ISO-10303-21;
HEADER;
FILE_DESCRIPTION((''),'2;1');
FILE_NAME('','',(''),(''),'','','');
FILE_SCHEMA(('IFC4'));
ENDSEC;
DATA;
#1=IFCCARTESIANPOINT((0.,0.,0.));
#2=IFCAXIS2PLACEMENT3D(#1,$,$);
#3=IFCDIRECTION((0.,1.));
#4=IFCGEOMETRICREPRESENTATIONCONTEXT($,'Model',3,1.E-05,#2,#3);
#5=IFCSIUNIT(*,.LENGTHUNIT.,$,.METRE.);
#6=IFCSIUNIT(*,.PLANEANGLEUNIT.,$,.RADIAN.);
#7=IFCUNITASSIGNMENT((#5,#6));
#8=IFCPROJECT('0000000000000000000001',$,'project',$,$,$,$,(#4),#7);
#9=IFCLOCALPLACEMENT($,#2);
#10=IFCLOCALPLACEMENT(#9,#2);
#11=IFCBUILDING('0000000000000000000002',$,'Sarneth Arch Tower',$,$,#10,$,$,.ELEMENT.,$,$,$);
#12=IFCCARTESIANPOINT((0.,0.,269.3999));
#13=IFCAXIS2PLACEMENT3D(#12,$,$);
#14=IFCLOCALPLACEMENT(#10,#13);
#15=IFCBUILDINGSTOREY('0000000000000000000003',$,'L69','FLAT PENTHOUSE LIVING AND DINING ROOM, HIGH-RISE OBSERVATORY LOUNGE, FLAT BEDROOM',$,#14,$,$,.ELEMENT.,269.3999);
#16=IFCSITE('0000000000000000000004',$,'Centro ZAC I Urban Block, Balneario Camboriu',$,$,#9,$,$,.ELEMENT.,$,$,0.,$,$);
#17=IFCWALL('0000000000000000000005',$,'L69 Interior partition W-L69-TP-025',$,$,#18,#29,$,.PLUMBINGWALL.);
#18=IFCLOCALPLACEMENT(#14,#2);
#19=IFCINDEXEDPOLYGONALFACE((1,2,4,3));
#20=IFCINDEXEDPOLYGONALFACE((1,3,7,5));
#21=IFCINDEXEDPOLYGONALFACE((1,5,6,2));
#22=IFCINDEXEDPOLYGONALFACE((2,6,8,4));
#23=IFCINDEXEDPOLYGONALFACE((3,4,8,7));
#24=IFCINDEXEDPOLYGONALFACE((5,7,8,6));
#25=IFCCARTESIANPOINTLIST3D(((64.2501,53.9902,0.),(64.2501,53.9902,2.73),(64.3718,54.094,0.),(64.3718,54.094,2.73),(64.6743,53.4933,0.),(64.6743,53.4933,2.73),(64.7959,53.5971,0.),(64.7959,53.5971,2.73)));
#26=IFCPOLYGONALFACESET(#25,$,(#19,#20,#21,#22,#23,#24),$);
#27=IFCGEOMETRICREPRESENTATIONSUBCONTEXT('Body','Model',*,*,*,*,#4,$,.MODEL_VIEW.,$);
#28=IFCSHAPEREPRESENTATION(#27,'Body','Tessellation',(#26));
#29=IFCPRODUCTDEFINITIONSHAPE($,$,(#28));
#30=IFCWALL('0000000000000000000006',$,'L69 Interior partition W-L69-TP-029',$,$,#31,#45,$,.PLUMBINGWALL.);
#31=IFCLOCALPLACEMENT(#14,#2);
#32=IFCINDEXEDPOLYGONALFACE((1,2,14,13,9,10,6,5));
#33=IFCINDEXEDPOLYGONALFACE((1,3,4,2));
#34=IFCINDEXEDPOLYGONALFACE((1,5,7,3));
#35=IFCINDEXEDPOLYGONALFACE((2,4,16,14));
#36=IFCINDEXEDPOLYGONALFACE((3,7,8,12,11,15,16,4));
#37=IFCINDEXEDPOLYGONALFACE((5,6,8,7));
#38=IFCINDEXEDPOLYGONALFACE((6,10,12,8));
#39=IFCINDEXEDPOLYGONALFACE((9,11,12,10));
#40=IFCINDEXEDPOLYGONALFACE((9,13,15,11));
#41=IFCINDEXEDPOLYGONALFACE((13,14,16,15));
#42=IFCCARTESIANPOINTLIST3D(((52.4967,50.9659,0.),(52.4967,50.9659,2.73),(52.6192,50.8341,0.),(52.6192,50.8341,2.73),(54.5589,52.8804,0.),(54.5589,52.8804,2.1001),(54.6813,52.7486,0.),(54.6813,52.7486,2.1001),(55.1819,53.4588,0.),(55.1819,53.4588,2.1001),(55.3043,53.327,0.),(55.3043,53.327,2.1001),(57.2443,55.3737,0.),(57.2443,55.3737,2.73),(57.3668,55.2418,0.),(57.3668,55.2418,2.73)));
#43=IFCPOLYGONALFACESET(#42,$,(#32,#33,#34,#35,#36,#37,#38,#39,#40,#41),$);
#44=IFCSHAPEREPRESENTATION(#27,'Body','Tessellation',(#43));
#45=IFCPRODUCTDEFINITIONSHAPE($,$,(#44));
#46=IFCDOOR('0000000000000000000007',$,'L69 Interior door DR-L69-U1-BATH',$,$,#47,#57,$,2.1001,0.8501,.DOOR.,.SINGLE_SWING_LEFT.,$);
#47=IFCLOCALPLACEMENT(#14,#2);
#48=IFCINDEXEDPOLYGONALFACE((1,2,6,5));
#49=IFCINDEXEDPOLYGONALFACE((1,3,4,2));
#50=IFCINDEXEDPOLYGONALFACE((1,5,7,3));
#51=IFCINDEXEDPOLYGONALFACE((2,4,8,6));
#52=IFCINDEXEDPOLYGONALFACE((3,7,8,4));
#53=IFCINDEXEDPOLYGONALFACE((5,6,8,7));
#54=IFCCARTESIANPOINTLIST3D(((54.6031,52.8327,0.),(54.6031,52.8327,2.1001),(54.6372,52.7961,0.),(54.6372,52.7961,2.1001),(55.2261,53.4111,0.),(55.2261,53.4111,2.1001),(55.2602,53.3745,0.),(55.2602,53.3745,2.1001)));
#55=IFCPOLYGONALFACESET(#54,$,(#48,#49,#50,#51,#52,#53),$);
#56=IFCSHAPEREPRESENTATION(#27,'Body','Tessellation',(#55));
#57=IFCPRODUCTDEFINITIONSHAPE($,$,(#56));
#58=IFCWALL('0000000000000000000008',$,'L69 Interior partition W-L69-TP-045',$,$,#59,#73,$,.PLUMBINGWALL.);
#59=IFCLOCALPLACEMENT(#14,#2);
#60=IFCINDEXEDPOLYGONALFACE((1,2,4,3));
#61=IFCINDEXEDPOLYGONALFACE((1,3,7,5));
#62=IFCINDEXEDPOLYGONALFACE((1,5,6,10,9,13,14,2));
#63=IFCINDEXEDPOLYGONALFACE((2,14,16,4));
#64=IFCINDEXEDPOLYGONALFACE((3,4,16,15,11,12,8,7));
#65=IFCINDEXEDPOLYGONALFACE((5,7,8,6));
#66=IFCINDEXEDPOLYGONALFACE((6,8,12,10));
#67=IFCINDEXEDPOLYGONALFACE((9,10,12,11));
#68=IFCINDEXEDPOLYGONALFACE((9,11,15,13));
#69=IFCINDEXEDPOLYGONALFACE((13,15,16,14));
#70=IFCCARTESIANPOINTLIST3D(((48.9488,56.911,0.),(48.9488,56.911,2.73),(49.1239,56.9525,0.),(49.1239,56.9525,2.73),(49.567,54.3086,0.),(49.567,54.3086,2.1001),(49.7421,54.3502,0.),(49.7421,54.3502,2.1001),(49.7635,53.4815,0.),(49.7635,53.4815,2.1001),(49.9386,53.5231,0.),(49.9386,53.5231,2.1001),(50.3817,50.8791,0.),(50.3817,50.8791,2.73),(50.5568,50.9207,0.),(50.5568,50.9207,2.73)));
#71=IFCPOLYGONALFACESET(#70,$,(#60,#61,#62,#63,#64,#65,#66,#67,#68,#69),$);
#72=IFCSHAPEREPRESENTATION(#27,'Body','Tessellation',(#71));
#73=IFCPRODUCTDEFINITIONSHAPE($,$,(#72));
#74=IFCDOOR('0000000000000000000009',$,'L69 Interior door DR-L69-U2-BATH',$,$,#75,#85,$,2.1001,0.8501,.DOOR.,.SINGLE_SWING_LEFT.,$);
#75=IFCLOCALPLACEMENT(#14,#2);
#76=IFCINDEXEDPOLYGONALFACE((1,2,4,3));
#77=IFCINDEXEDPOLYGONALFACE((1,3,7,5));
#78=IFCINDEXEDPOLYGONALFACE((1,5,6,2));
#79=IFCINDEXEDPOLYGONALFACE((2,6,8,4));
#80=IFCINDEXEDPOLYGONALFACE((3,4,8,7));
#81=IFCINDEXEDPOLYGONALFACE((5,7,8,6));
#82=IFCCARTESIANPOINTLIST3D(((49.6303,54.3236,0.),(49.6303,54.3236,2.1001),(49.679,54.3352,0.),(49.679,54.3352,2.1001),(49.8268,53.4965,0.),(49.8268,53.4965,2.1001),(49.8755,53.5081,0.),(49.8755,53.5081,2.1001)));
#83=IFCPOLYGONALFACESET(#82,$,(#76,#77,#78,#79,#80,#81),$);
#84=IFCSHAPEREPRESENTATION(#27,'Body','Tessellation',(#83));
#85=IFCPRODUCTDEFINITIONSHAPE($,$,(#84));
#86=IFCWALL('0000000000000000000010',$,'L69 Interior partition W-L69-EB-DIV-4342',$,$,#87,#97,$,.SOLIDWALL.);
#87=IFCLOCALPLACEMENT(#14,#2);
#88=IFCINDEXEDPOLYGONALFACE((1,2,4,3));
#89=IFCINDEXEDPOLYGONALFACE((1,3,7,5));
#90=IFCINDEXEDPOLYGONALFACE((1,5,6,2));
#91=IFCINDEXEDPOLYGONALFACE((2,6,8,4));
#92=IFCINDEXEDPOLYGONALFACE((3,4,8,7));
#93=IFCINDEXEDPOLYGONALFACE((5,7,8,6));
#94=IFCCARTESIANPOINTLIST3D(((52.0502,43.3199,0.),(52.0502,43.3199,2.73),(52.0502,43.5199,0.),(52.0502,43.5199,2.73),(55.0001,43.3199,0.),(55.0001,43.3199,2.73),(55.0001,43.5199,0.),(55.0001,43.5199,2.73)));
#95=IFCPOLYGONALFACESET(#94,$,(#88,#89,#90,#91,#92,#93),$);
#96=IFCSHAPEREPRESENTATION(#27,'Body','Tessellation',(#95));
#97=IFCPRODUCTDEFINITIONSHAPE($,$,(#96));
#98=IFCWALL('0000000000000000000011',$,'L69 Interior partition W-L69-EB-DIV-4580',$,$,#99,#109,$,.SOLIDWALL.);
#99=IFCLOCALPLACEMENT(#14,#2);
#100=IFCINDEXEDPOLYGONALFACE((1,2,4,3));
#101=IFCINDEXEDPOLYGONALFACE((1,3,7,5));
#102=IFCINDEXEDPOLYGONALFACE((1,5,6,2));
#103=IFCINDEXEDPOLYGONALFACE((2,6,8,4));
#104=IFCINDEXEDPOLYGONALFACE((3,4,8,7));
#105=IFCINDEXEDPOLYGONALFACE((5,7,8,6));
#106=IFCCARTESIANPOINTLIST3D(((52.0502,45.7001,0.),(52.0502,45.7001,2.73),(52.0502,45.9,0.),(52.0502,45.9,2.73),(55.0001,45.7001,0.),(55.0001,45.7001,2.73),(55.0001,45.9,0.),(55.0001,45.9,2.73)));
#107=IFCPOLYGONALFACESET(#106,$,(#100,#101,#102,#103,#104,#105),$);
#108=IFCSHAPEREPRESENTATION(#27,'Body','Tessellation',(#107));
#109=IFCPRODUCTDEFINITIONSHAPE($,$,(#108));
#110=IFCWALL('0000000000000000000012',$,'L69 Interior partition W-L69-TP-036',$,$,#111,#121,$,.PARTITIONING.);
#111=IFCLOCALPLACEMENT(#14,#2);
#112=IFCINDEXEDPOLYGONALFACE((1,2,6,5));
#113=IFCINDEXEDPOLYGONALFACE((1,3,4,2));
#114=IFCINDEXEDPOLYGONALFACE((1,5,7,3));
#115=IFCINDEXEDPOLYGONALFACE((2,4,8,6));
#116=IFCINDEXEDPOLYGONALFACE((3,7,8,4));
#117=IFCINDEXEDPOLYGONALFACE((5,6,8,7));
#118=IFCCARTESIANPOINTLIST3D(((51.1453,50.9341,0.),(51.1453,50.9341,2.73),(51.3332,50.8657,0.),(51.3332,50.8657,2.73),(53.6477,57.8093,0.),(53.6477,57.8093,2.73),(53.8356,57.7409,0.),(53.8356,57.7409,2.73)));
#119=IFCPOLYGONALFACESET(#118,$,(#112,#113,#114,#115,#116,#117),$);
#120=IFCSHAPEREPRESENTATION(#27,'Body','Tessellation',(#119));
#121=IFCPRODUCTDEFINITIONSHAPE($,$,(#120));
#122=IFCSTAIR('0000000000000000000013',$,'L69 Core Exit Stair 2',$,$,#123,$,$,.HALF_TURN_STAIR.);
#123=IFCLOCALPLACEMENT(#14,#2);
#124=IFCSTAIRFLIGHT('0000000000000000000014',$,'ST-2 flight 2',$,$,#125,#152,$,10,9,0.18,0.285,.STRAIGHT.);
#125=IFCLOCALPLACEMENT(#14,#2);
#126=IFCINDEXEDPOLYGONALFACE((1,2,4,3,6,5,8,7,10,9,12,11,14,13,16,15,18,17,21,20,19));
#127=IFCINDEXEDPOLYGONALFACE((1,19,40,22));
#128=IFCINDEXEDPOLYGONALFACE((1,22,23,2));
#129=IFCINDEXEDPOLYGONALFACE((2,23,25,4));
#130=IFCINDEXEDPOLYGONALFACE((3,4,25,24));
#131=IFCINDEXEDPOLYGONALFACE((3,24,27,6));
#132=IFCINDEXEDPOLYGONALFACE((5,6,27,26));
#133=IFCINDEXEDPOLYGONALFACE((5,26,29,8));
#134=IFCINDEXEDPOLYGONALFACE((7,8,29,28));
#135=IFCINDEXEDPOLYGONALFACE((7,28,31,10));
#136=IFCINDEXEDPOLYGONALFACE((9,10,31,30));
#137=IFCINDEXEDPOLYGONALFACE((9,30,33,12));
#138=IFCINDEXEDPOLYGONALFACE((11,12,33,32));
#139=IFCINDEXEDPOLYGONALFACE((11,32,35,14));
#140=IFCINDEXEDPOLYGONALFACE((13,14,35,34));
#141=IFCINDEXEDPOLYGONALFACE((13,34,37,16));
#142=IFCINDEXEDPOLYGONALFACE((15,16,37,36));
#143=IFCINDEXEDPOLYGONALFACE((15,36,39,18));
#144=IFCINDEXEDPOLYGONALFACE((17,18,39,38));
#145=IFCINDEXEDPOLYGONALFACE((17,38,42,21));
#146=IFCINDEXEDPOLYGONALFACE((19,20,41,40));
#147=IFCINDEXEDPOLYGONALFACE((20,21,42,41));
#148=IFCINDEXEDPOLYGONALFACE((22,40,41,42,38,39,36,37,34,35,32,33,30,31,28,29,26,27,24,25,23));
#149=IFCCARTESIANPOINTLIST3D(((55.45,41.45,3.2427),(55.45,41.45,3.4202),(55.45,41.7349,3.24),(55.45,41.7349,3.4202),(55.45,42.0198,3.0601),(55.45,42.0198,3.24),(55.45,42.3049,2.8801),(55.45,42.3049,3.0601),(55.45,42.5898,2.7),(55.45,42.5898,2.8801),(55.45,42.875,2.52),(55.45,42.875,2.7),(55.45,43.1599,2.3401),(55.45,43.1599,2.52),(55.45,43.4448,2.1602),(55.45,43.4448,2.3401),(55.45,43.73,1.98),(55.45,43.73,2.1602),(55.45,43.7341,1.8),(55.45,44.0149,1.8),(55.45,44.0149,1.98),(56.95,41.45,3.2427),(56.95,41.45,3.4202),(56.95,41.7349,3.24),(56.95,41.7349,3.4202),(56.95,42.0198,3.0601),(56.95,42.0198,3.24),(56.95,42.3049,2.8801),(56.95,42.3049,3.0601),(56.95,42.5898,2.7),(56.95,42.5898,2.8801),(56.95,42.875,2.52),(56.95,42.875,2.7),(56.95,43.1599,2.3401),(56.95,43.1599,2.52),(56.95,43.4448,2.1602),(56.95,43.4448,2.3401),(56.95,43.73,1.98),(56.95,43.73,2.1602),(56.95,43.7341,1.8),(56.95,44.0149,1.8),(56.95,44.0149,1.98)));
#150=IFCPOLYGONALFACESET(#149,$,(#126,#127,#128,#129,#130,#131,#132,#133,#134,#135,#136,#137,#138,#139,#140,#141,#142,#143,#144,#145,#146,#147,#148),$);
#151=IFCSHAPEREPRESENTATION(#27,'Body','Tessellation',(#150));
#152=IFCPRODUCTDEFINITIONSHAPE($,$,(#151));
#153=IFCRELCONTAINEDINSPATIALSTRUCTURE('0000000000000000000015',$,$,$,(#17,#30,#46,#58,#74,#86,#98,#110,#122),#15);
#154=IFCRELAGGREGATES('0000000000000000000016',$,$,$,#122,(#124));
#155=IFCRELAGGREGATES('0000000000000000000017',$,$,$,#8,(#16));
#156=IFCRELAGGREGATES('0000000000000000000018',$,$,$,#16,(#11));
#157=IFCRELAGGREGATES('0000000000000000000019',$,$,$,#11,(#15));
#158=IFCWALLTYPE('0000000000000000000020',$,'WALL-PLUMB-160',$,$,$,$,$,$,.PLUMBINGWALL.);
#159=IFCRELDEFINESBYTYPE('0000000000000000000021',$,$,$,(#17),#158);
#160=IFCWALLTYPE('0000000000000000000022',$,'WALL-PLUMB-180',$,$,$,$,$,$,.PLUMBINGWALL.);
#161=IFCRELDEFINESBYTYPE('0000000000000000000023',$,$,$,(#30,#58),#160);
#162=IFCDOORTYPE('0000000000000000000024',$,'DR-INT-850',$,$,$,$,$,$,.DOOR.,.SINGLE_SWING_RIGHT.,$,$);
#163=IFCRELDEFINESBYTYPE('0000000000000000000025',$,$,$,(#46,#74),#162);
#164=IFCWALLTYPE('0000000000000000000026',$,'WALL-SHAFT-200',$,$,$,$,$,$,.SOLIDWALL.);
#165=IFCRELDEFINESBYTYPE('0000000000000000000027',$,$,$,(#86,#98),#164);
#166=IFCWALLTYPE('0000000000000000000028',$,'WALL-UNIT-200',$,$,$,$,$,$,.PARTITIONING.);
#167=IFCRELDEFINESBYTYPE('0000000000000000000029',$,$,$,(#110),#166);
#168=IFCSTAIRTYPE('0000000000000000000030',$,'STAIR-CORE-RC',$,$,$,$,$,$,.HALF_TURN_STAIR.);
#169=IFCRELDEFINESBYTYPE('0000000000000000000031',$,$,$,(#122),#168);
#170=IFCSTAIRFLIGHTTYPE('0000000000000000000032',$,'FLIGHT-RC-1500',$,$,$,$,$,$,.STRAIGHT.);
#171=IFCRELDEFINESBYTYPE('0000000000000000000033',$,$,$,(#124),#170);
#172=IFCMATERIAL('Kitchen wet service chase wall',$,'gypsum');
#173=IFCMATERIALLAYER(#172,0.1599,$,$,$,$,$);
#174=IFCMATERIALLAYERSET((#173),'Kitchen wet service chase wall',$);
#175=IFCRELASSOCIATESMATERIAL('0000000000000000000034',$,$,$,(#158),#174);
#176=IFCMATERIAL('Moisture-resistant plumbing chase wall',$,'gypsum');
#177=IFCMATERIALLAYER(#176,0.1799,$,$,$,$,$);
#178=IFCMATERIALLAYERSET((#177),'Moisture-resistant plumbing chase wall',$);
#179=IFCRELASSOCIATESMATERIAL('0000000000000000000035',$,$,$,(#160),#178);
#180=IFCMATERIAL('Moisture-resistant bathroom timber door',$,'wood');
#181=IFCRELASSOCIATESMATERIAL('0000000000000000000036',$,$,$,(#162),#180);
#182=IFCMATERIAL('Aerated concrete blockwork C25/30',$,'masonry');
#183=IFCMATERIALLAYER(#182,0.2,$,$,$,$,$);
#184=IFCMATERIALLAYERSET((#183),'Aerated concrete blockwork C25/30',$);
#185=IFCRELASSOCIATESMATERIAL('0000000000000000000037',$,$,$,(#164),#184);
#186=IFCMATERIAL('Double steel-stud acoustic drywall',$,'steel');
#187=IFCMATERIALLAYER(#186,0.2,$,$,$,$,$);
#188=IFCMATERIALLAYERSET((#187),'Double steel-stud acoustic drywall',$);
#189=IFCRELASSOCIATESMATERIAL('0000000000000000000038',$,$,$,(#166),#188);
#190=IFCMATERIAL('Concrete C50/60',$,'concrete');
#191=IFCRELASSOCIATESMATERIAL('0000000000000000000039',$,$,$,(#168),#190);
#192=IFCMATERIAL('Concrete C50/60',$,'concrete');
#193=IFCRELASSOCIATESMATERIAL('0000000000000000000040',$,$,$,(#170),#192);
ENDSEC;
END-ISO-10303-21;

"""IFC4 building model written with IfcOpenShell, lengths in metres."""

from ifc_helpers import new_model, si_unit, direction, frame, frame_2d, origin, place, context, subcontext, project, spatial, polyline, rectangle, outline, extrude, material, layer, layer_set, type_object, element, fill, aggregate, save


model = new_model("IFC4")

# Units and contexts
model_context = context("Model", 3, precision=1e-05, world=origin(), true_north=direction((0.0, 1.0)))
body_context = subcontext(model_context, "Body", "Model", "MODEL_VIEW")
ifc_project = project(units=[si_unit("LENGTHUNIT", "METRE"), si_unit("PLANEANGLEUNIT", "RADIAN")], contexts=[model_context])

# Site, building, storey
site_placement = place(None, origin())
site = spatial("IfcSite", under=ifc_project, at=site_placement, Name="Centro ZAC I Urban Block, Balneario Camboriu", CompositionType="ELEMENT", RefElevation=0.0)
building_placement = place(site_placement, origin())
building = spatial("IfcBuilding", under=site, at=building_placement, Name="Sarneth Arch Tower", CompositionType="ELEMENT")
storey_placement = place(building_placement, frame((0.0, 0.0, 269.3999)))
storey = spatial("IfcBuildingStorey", under=building, at=storey_placement, Name="L69", Description="FLAT PENTHOUSE LIVING AND DINING ROOM, HIGH-RISE OBSERVATORY LOUNGE, FLAT BEDROOM", CompositionType="ELEMENT", Elevation=269.3999)

# Wall
ifc_material_1 = material(Name="Kitchen wet service chase wall", Category="gypsum")
ifc_layer_1 = layer(ifc_material_1, 0.1599)
ifc_layer_set_1 = layer_set([ifc_layer_1], Name="Kitchen wet service chase wall")
wall_type_1 = type_object("IfcWallType", Name="WALL-PLUMB-160", PredefinedType="PLUMBINGWALL", material=ifc_layer_set_1)
wall_1_placement = place(storey_placement, frame((64.7351, 53.5452, 0.0), z_axis=(0.0, 0.0, 1.0), x_axis=(-0.64922, 0.760601, 0.0)))
element("IfcWall", 1, at=wall_1_placement, inside=storey, type_object=wall_type_1, Name="L69 Interior partition W-L69-TP-025", PredefinedType="PLUMBINGWALL", context=body_context, shape_type="SweptSolid", body=[
    extrude(rectangle(XDim=0.6533, YDim=0.1599, at=frame_2d((0.3267, 0.0))), origin(), (0.0, 0.0, 1.0), 2.73),
])

# Walls, openings, doors
ifc_material_2 = material(Name="Moisture-resistant plumbing chase wall", Category="gypsum")
ifc_layer_2 = layer(ifc_material_2, 0.1799)
ifc_layer_set_2 = layer_set([ifc_layer_2], Name="Moisture-resistant plumbing chase wall")
wall_type_2 = type_object("IfcWallType", Name="WALL-PLUMB-180", PredefinedType="PLUMBINGWALL", material=ifc_layer_set_2)
wall_2_placement = place(storey_placement, frame((52.5579, 50.8999, 0.0), z_axis=(0.0, 0.0, 1.0), x_axis=(0.73285, 0.68039, 0.0)))
wall_2 = element("IfcWall", 2, at=wall_2_placement, inside=storey, type_object=wall_type_2, Name="L69 Interior partition W-L69-TP-029", PredefinedType="PLUMBINGWALL", context=body_context, shape_type="SweptSolid", body=[
    extrude(rectangle(XDim=6.4783, YDim=0.1799, at=frame_2d((3.2393, 0.0))), origin(), (0.0, 0.0, 1.0), 2.73),
])
opening_1_placement = place(wall_2_placement, frame((2.814, 0.0, 0.0)))
opening_1 = element("IfcOpeningElement", 3, at=opening_1_placement, cuts=wall_2, PredefinedType="OPENING", context=body_context, shape_type="SweptSolid", body=[
    extrude(rectangle(XDim=0.8501, YDim=2.1001, at=frame_2d((0.425, 1.05))), frame((0.0, 0.0999, 0.0), z_axis=(0.0, -1.0, 0.0), x_axis=(1.0, 0.0, 0.0)), (0.0, 0.0, 1.0), 0.2),
])
ifc_material_3 = material(Name="Moisture-resistant bathroom timber door", Category="wood")
door_type_1 = type_object("IfcDoorType", Name="DR-INT-850", OperationType="SINGLE_SWING_RIGHT", PredefinedType="DOOR", material=ifc_material_3)
door_1_placement = place(opening_1_placement, origin())
door_1 = element("IfcDoor", 4, at=door_1_placement, inside=storey, type_object=door_type_1, Name="L69 Interior door DR-L69-U1-BATH", OperationType="SINGLE_SWING_LEFT", OverallHeight=2.1001, OverallWidth=0.8501, PredefinedType="DOOR", context=body_context, shape_type="SweptSolid", body=[
    extrude(rectangle(XDim=0.8501, YDim=2.1001, at=frame_2d((0.425, 1.05))), frame((0.0, 0.0249, 0.0), z_axis=(0.0, -1.0, 0.0), x_axis=(1.0, 0.0, 0.0)), (0.0, 0.0, 1.0), 0.05),
])
fill(opening_1, door_1)
wall_3_placement = place(storey_placement, frame((50.4692, 50.8999, 0.0), z_axis=(0.0, 0.0, 1.0), x_axis=(-0.231122, 0.972925, 0.0)))
wall_3 = element("IfcWall", 5, at=wall_3_placement, inside=storey, type_object=wall_type_2, Name="L69 Interior partition W-L69-TP-045", PredefinedType="PLUMBINGWALL", context=body_context, shape_type="SweptSolid", body=[
    extrude(rectangle(XDim=6.1997, YDim=0.1799, at=frame_2d((3.0999, 0.0))), origin(), (0.0, 0.0, 1.0), 2.73),
])
opening_2_placement = place(wall_3_placement, frame((2.6748, 0.0, 0.0)))
opening_2 = element("IfcOpeningElement", 6, at=opening_2_placement, cuts=wall_3, PredefinedType="OPENING", context=body_context, shape_type="SweptSolid", body=[
    extrude(rectangle(XDim=0.8501, YDim=2.1001, at=frame_2d((0.425, 1.05))), frame((0.0, 0.0999, 0.0), z_axis=(0.0, -1.0, 0.0), x_axis=(1.0, 0.0, 0.0)), (0.0, 0.0, 1.0), 0.2),
])
door_2_placement = place(opening_2_placement, origin())
door_2 = element("IfcDoor", 7, at=door_2_placement, inside=storey, type_object=door_type_1, Name="L69 Interior door DR-L69-U2-BATH", OperationType="SINGLE_SWING_LEFT", OverallHeight=2.1001, OverallWidth=0.8501, PredefinedType="DOOR", context=body_context, shape_type="SweptSolid", body=[
    extrude(rectangle(XDim=0.8501, YDim=2.1001, at=frame_2d((0.425, 1.05))), frame((0.0, 0.0249, 0.0), z_axis=(0.0, -1.0, 0.0), x_axis=(1.0, 0.0, 0.0)), (0.0, 0.0, 1.0), 0.05),
])
fill(opening_2, door_2)

# Walls
ifc_material_4 = material(Name="Aerated concrete blockwork C25/30", Category="masonry")
ifc_layer_3 = layer(ifc_material_4, 0.2)
ifc_layer_set_3 = layer_set([ifc_layer_3], Name="Aerated concrete blockwork C25/30")
wall_type_3 = type_object("IfcWallType", Name="WALL-SHAFT-200", PredefinedType="SOLIDWALL", material=ifc_layer_set_3)
for number, where, z_axis, x_axis, name in (
    (8, (52.05, 43.4199, 0.0), (0.0, 0.0, 1.0), (1.0, 0.0, 0.0), "L69 Interior partition W-L69-EB-DIV-4342"),
    (9, (52.05, 45.8, 0.0), (0.0, 0.0, 1.0), (1.0, 0.0, 0.0), "L69 Interior partition W-L69-EB-DIV-4580"),
):
    element("IfcWall", number, at=place(storey_placement, frame(where, z_axis=z_axis, x_axis=x_axis)), inside=storey, type_object=wall_type_3, Name=name, PredefinedType="SOLIDWALL", context=body_context, shape_type="SweptSolid", body=[
        extrude(rectangle(XDim=2.95, YDim=0.2, at=frame_2d((1.4751, 0.0))), origin(), (0.0, 0.0, 1.0), 2.73),
    ])
ifc_material_5 = material(Name="Double steel-stud acoustic drywall", Category="steel")
ifc_layer_4 = layer(ifc_material_5, 0.2)
ifc_layer_set_4 = layer_set([ifc_layer_4], Name="Double steel-stud acoustic drywall")
wall_type_4 = type_object("IfcWallType", Name="WALL-UNIT-200", PredefinedType="PARTITIONING", material=ifc_layer_set_4)
wall_4_placement = place(storey_placement, frame((51.2393, 50.8999, 0.0), z_axis=(0.0, 0.0, 1.0), x_axis=(0.342027, 0.93969, 0.0)))
element("IfcWall", 10, at=wall_4_placement, inside=storey, type_object=wall_type_4, Name="L69 Interior partition W-L69-TP-036", PredefinedType="PARTITIONING", context=body_context, shape_type="SweptSolid", body=[
    extrude(rectangle(XDim=7.3164, YDim=0.2, at=frame_2d((3.6582, 0.0))), origin(), (0.0, 0.0, 1.0), 2.73),
])

# Stair, stair flight
ifc_material_6 = material(Name="Concrete C50/60", Category="concrete")
stair_type = type_object("IfcStairType", Name="STAIR-CORE-RC", PredefinedType="HALF_TURN_STAIR", material=ifc_material_6)
stair_placement = place(storey_placement, origin())
stair = element("IfcStair", 11, at=stair_placement, inside=storey, type_object=stair_type, Name="L69 Core Exit Stair 2", PredefinedType="HALF_TURN_STAIR")
ifc_material_7 = material(Name="Concrete C50/60", Category="concrete")
stair_flight_type = type_object("IfcStairFlightType", Name="FLIGHT-RC-1500", PredefinedType="STRAIGHT", material=ifc_material_7)
stair_flight_placement = place(storey_placement, frame((56.2, 44.0149, 1.8), z_axis=(0.0, 0.0, 1.0), x_axis=(0.0, -1.0, 0.0)))
stair_flight = element("IfcStairFlight", 12, at=stair_flight_placement, type_object=stair_flight_type, Name="ST-2 flight 2", NumberOfRisers=10, NumberOfTreads=9, PredefinedType="STRAIGHT", RiserHeight=0.18, TreadLength=0.285, context=body_context, shape_type="SweptSolid", body=[
    extrude(outline(polyline([(0.0, 0.0), (0.0, 0.1799), (0.2849, 0.1799), (0.2849, 0.3601), (0.5701, 0.3601), (0.5701, 0.54), (0.855, 0.54), (0.855, 0.72), (1.1399, 0.72), (1.1399, 0.8999), (1.425, 0.8999), (1.425, 1.0801), (1.71, 1.0801), (1.71, 1.26), (1.9951, 1.26), (1.9951, 1.4399), (2.28, 1.4399), (2.28, 1.6201), (2.5649, 1.6201), (2.5649, 1.8), (2.5649, 1.4426), (0.2808, 0.0), (0.0, 0.0)])), frame((0.0, 0.75, 0.0), z_axis=(0.0, -1.0, 0.0), x_axis=(1.0, 0.0, 0.0)), (0.0, 0.0, 1.0), 1.5),
])
aggregate(stair, [stair_flight])

save(model, "model.ifc")
